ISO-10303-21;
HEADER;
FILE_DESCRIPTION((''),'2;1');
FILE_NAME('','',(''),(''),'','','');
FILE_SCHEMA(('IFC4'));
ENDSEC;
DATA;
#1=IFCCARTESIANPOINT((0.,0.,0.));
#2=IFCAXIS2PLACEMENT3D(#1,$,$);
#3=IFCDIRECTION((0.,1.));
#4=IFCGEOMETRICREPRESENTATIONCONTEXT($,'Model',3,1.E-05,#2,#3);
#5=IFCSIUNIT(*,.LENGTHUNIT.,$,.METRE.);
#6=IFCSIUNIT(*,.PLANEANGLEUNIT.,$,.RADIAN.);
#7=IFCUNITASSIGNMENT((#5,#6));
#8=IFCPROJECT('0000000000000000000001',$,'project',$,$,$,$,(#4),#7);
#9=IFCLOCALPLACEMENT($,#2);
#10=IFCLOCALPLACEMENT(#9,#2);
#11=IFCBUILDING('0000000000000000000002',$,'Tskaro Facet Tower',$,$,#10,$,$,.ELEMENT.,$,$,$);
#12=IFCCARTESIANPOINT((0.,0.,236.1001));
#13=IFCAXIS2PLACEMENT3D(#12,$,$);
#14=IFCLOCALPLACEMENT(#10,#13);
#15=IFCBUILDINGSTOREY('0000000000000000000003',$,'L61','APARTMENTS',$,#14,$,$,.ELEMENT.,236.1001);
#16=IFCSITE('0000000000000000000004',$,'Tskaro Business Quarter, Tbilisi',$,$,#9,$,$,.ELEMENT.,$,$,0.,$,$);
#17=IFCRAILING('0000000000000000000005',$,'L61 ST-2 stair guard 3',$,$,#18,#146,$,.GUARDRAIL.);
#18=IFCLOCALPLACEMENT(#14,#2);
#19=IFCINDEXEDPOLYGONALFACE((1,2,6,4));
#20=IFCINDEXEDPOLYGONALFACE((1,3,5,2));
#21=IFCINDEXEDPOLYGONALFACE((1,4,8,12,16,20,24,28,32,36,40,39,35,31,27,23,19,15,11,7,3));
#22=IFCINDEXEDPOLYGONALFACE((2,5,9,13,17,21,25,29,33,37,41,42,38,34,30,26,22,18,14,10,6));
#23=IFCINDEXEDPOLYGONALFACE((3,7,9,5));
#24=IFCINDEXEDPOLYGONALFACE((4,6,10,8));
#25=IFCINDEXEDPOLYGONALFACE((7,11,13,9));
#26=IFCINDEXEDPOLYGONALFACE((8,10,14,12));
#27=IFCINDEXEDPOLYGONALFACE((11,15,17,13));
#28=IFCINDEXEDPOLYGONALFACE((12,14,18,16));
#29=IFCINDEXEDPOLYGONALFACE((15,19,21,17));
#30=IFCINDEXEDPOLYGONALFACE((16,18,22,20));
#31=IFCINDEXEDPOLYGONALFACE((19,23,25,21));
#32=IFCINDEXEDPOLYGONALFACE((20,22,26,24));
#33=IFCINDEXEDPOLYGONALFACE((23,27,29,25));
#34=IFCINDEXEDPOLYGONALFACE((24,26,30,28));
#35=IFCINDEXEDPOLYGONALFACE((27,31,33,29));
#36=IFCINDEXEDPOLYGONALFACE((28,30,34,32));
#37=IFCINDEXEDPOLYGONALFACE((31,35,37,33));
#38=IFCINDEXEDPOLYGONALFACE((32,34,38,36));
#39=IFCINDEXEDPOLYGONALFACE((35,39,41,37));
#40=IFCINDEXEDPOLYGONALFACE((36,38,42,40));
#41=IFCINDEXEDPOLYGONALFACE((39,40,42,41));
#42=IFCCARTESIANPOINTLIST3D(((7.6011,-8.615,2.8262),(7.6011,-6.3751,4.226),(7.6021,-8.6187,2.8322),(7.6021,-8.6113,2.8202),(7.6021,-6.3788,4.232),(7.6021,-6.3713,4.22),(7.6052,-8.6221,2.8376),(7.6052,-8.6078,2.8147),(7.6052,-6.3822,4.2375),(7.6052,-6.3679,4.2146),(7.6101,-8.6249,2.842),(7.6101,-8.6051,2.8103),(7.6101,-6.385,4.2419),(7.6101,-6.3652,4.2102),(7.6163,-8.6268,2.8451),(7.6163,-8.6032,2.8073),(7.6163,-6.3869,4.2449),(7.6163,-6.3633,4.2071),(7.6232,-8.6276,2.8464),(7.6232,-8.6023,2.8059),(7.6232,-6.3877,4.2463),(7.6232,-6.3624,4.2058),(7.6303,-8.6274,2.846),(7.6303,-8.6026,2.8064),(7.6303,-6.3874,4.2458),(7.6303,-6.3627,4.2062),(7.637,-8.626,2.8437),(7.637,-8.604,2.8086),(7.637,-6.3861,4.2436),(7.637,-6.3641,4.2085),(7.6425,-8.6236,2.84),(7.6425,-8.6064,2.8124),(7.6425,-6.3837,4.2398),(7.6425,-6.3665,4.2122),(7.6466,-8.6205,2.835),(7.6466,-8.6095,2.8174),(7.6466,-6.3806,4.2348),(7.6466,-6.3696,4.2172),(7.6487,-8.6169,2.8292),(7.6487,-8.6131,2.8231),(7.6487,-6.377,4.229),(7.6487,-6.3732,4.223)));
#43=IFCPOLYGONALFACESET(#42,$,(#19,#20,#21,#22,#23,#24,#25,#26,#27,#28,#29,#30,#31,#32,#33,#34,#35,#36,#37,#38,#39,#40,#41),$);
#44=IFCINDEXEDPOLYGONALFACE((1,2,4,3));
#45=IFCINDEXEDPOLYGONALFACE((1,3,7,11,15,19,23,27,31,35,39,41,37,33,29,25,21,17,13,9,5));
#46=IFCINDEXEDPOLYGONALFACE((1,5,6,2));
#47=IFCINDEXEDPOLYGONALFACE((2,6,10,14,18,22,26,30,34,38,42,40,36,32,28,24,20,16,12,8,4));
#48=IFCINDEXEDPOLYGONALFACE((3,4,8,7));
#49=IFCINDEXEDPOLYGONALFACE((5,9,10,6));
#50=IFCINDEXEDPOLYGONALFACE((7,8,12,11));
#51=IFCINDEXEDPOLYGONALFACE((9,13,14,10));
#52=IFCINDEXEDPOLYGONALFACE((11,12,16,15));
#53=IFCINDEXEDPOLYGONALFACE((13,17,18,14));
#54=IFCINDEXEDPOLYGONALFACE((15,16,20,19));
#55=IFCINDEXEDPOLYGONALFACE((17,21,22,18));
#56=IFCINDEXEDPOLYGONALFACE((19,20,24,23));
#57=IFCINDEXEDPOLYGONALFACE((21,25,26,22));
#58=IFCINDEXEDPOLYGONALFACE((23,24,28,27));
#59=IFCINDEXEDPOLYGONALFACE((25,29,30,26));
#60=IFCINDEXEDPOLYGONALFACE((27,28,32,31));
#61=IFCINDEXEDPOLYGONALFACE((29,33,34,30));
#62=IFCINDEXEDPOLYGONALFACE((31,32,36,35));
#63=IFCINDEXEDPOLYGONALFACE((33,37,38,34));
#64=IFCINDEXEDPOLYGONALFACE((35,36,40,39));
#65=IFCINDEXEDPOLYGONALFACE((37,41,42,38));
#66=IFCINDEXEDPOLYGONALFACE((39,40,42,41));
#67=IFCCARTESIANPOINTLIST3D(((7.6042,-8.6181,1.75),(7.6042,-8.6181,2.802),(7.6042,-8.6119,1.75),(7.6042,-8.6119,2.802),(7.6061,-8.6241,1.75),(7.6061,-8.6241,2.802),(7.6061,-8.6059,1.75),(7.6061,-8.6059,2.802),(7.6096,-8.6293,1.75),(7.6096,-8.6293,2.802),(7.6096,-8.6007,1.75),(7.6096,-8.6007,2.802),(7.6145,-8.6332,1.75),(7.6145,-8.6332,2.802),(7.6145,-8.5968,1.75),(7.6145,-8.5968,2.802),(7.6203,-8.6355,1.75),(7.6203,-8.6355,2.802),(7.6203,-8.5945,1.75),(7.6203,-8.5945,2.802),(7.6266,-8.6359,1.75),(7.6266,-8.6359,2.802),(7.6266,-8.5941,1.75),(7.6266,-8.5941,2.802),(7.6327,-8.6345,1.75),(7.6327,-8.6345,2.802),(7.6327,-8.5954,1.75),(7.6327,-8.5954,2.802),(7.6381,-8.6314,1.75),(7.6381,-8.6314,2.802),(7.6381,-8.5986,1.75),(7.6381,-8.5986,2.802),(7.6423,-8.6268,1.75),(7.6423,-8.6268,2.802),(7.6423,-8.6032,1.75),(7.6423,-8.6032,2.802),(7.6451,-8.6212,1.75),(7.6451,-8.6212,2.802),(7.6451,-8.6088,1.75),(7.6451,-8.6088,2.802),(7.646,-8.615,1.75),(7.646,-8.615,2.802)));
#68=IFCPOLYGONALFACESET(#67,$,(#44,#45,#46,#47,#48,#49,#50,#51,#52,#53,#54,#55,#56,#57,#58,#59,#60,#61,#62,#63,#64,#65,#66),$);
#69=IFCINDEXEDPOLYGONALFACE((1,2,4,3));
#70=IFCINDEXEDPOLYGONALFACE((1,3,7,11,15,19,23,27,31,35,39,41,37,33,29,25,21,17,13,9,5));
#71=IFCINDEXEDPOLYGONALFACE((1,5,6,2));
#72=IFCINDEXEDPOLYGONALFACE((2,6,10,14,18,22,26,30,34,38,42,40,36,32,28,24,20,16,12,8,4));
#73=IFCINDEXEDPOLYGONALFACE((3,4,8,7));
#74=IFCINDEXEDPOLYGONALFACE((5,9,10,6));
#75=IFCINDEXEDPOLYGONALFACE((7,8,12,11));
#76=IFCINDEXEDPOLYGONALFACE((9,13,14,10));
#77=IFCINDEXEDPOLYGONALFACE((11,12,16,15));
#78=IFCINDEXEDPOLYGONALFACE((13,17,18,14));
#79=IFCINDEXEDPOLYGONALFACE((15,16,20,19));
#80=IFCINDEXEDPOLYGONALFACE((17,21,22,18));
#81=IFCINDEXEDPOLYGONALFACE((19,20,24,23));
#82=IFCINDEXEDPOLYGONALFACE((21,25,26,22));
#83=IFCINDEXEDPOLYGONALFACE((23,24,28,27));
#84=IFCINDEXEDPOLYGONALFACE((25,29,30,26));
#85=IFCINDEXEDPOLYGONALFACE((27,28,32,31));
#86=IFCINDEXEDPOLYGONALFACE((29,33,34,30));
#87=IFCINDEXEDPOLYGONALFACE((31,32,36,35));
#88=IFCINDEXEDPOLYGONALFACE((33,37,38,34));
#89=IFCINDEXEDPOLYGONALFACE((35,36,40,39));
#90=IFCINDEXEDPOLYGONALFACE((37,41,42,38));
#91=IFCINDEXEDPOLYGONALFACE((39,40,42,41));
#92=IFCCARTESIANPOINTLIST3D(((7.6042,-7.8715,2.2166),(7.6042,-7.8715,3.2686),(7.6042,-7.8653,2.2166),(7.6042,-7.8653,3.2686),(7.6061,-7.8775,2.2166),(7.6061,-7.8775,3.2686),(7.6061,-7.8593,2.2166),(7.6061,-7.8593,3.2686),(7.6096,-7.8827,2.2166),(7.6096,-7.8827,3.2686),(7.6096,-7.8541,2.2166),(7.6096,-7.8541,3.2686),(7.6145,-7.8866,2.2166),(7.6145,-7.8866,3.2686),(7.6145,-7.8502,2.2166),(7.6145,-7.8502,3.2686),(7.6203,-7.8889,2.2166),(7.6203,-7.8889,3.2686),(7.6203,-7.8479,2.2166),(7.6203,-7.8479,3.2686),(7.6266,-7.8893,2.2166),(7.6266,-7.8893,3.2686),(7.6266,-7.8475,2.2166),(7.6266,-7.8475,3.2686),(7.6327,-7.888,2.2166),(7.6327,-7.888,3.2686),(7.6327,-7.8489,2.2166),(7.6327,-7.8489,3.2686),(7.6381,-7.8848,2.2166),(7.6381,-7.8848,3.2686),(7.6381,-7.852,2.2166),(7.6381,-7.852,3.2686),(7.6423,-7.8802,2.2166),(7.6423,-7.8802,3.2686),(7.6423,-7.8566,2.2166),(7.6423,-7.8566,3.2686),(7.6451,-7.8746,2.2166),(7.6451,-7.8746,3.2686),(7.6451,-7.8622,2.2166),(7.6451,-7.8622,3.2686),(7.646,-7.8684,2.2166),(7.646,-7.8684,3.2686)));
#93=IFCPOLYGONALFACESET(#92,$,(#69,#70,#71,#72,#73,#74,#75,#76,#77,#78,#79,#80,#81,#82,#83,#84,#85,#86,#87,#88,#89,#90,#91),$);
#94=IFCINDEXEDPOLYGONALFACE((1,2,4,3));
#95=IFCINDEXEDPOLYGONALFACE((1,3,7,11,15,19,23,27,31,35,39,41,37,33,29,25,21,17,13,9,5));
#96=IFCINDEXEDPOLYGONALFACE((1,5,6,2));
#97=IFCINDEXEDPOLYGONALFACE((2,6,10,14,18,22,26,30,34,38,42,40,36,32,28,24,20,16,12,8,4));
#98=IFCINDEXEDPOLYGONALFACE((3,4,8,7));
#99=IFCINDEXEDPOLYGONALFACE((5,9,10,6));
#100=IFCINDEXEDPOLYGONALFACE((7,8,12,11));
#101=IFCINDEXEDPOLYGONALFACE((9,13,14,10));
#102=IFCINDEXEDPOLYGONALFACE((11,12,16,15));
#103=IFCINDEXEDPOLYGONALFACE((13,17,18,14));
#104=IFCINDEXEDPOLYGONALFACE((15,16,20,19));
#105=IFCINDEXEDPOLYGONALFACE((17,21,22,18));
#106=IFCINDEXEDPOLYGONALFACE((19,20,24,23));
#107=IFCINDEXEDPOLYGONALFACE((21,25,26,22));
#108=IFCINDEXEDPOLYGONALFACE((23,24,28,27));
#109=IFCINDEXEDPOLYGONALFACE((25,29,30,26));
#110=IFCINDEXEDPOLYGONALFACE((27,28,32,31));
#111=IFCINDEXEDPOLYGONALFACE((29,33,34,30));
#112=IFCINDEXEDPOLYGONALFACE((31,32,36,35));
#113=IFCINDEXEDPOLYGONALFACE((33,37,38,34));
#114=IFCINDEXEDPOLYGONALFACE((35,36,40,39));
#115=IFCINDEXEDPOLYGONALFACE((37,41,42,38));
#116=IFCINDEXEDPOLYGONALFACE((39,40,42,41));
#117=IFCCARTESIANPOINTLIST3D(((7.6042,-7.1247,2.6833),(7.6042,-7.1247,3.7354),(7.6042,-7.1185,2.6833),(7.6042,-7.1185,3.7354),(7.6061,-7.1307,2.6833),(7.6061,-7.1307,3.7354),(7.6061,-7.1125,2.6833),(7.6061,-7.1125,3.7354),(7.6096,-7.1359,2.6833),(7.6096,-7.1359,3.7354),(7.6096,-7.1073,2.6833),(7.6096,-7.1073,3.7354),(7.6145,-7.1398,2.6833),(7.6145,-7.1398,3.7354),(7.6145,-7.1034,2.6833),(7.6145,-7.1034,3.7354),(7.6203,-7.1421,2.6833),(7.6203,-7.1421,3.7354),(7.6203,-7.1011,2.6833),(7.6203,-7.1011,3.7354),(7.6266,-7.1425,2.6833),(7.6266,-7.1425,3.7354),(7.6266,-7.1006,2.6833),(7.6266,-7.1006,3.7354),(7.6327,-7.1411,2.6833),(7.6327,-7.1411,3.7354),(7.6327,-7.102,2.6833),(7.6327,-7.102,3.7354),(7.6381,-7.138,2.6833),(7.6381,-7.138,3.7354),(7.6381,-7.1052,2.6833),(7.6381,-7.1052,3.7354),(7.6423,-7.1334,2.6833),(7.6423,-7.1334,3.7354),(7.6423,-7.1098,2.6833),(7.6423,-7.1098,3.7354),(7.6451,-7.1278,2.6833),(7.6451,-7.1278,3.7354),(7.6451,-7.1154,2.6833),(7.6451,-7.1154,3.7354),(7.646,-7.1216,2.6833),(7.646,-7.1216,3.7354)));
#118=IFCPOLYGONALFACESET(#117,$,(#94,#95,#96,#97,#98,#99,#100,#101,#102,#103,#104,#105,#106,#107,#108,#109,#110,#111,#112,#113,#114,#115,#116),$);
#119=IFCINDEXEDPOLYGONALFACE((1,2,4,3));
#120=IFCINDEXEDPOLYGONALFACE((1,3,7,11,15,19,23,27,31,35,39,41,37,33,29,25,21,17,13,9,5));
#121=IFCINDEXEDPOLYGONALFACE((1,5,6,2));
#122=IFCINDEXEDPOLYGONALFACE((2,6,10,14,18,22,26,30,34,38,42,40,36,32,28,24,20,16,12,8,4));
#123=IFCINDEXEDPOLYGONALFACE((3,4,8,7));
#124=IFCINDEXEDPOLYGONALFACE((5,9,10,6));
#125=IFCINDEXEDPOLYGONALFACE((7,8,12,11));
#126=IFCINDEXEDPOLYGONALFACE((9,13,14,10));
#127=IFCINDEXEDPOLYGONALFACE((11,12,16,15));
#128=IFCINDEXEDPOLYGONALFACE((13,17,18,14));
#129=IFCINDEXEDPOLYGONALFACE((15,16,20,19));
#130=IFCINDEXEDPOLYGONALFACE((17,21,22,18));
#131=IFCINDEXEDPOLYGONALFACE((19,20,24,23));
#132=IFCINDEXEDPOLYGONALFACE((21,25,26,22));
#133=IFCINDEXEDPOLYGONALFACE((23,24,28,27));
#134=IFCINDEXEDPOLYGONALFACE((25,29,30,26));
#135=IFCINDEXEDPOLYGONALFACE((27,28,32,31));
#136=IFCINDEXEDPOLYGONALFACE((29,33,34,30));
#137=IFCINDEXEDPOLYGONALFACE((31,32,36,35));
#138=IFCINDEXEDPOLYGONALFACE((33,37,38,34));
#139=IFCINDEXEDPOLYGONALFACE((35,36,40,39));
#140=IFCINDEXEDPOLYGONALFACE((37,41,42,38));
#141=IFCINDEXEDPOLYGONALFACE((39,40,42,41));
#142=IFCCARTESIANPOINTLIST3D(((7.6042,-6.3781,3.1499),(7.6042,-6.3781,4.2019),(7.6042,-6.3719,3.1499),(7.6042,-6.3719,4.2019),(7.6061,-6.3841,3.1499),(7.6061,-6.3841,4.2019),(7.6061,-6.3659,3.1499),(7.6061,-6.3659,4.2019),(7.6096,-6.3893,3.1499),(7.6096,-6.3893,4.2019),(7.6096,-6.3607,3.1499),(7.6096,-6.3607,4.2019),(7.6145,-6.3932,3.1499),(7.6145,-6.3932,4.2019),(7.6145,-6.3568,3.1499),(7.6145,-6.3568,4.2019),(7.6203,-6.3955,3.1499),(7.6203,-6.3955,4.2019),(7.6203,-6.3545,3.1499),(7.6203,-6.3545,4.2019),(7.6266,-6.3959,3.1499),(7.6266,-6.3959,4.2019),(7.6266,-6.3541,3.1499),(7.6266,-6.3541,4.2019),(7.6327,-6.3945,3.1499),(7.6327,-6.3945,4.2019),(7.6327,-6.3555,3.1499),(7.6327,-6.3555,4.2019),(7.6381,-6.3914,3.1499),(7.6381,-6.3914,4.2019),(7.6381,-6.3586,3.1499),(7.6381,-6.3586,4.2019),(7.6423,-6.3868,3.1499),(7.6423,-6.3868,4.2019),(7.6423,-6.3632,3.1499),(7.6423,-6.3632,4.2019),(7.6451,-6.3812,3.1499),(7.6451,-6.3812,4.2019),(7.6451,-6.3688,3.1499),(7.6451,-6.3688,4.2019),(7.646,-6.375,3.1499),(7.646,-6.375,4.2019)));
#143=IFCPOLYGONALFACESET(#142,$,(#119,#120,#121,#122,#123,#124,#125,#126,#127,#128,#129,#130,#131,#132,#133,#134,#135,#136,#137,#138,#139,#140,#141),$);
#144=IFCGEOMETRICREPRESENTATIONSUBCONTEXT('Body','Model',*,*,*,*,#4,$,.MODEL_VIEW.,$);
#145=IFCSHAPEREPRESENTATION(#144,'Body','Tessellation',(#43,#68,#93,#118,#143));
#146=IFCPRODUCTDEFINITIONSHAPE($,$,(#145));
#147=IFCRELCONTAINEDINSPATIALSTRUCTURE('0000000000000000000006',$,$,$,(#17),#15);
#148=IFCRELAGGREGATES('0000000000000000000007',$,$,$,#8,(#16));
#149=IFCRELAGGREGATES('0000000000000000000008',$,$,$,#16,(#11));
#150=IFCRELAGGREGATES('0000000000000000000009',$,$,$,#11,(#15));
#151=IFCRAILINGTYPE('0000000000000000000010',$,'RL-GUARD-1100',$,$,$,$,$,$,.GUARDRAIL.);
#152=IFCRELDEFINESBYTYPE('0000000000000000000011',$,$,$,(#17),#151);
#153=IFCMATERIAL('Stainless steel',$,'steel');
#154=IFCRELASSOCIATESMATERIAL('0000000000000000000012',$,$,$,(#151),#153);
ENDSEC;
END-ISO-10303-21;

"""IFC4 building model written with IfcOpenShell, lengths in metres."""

from ifc_helpers import new_model, si_unit, direction, frame, origin, origin_2d, place, context, subcontext, project, spatial, circle, extrude, material, type_object, element, save


model = new_model("IFC4")

# Units and contexts
model_context = context("Model", 3, precision=1e-05, world=origin(), true_north=direction((0.0, 1.0)))
body_context = subcontext(model_context, "Body", "Model", "MODEL_VIEW")
ifc_project = project(units=[si_unit("LENGTHUNIT", "METRE"), si_unit("PLANEANGLEUNIT", "RADIAN")], contexts=[model_context])

# Site, building, storey
site_placement = place(None, origin())
site = spatial("IfcSite", under=ifc_project, at=site_placement, Name="Tskaro Business Quarter, Tbilisi", CompositionType="ELEMENT", RefElevation=0.0)
building_placement = place(site_placement, origin())
building = spatial("IfcBuilding", under=site, at=building_placement, Name="Tskaro Facet Tower", CompositionType="ELEMENT")
storey_placement = place(building_placement, frame((0.0, 0.0, 236.1001)))
storey = spatial("IfcBuildingStorey", under=building, at=storey_placement, Name="L61", Description="APARTMENTS", CompositionType="ELEMENT", Elevation=236.1001)

# Railing
ifc_material_1 = material(Name="Stainless steel", Category="steel")
railing_type_1 = type_object("IfcRailingType", Name="RL-GUARD-1100", PredefinedType="GUARDRAIL", material=ifc_material_1)
railing_1_placement = place(storey_placement, frame((7.625, -8.615, 1.75)))
element("IfcRailing", 1, at=railing_1_placement, inside=storey, type_object=railing_type_1, Name="L61 ST-2 stair guard 3", PredefinedType="GUARDRAIL", context=body_context, shape_type="SweptSolid", body=[
    extrude(circle(Radius=0.0239, at=origin_2d()), frame((0.0, 0.0, 1.0762), z_axis=(0.0, 0.848014, 0.529974), x_axis=(-1.0, 0.0, 0.0)), (0.0, 0.0, 1.0), 2.6414),
    extrude(circle(Radius=0.021, at=origin_2d()), origin(), (0.0, 0.0, 1.0), 1.052),
    extrude(circle(Radius=0.021, at=origin_2d()), frame((0.0, 0.7466, 0.4666)), (0.0, 0.0, 1.0), 1.052),
    extrude(circle(Radius=0.021, at=origin_2d()), frame((0.0, 1.4934, 0.9333)), (0.0, 0.0, 1.0), 1.052),
    extrude(circle(Radius=0.021, at=origin_2d()), frame((0.0, 2.24, 1.3999)), (0.0, 0.0, 1.0), 1.052),
])

save(model, "model.ifc")
